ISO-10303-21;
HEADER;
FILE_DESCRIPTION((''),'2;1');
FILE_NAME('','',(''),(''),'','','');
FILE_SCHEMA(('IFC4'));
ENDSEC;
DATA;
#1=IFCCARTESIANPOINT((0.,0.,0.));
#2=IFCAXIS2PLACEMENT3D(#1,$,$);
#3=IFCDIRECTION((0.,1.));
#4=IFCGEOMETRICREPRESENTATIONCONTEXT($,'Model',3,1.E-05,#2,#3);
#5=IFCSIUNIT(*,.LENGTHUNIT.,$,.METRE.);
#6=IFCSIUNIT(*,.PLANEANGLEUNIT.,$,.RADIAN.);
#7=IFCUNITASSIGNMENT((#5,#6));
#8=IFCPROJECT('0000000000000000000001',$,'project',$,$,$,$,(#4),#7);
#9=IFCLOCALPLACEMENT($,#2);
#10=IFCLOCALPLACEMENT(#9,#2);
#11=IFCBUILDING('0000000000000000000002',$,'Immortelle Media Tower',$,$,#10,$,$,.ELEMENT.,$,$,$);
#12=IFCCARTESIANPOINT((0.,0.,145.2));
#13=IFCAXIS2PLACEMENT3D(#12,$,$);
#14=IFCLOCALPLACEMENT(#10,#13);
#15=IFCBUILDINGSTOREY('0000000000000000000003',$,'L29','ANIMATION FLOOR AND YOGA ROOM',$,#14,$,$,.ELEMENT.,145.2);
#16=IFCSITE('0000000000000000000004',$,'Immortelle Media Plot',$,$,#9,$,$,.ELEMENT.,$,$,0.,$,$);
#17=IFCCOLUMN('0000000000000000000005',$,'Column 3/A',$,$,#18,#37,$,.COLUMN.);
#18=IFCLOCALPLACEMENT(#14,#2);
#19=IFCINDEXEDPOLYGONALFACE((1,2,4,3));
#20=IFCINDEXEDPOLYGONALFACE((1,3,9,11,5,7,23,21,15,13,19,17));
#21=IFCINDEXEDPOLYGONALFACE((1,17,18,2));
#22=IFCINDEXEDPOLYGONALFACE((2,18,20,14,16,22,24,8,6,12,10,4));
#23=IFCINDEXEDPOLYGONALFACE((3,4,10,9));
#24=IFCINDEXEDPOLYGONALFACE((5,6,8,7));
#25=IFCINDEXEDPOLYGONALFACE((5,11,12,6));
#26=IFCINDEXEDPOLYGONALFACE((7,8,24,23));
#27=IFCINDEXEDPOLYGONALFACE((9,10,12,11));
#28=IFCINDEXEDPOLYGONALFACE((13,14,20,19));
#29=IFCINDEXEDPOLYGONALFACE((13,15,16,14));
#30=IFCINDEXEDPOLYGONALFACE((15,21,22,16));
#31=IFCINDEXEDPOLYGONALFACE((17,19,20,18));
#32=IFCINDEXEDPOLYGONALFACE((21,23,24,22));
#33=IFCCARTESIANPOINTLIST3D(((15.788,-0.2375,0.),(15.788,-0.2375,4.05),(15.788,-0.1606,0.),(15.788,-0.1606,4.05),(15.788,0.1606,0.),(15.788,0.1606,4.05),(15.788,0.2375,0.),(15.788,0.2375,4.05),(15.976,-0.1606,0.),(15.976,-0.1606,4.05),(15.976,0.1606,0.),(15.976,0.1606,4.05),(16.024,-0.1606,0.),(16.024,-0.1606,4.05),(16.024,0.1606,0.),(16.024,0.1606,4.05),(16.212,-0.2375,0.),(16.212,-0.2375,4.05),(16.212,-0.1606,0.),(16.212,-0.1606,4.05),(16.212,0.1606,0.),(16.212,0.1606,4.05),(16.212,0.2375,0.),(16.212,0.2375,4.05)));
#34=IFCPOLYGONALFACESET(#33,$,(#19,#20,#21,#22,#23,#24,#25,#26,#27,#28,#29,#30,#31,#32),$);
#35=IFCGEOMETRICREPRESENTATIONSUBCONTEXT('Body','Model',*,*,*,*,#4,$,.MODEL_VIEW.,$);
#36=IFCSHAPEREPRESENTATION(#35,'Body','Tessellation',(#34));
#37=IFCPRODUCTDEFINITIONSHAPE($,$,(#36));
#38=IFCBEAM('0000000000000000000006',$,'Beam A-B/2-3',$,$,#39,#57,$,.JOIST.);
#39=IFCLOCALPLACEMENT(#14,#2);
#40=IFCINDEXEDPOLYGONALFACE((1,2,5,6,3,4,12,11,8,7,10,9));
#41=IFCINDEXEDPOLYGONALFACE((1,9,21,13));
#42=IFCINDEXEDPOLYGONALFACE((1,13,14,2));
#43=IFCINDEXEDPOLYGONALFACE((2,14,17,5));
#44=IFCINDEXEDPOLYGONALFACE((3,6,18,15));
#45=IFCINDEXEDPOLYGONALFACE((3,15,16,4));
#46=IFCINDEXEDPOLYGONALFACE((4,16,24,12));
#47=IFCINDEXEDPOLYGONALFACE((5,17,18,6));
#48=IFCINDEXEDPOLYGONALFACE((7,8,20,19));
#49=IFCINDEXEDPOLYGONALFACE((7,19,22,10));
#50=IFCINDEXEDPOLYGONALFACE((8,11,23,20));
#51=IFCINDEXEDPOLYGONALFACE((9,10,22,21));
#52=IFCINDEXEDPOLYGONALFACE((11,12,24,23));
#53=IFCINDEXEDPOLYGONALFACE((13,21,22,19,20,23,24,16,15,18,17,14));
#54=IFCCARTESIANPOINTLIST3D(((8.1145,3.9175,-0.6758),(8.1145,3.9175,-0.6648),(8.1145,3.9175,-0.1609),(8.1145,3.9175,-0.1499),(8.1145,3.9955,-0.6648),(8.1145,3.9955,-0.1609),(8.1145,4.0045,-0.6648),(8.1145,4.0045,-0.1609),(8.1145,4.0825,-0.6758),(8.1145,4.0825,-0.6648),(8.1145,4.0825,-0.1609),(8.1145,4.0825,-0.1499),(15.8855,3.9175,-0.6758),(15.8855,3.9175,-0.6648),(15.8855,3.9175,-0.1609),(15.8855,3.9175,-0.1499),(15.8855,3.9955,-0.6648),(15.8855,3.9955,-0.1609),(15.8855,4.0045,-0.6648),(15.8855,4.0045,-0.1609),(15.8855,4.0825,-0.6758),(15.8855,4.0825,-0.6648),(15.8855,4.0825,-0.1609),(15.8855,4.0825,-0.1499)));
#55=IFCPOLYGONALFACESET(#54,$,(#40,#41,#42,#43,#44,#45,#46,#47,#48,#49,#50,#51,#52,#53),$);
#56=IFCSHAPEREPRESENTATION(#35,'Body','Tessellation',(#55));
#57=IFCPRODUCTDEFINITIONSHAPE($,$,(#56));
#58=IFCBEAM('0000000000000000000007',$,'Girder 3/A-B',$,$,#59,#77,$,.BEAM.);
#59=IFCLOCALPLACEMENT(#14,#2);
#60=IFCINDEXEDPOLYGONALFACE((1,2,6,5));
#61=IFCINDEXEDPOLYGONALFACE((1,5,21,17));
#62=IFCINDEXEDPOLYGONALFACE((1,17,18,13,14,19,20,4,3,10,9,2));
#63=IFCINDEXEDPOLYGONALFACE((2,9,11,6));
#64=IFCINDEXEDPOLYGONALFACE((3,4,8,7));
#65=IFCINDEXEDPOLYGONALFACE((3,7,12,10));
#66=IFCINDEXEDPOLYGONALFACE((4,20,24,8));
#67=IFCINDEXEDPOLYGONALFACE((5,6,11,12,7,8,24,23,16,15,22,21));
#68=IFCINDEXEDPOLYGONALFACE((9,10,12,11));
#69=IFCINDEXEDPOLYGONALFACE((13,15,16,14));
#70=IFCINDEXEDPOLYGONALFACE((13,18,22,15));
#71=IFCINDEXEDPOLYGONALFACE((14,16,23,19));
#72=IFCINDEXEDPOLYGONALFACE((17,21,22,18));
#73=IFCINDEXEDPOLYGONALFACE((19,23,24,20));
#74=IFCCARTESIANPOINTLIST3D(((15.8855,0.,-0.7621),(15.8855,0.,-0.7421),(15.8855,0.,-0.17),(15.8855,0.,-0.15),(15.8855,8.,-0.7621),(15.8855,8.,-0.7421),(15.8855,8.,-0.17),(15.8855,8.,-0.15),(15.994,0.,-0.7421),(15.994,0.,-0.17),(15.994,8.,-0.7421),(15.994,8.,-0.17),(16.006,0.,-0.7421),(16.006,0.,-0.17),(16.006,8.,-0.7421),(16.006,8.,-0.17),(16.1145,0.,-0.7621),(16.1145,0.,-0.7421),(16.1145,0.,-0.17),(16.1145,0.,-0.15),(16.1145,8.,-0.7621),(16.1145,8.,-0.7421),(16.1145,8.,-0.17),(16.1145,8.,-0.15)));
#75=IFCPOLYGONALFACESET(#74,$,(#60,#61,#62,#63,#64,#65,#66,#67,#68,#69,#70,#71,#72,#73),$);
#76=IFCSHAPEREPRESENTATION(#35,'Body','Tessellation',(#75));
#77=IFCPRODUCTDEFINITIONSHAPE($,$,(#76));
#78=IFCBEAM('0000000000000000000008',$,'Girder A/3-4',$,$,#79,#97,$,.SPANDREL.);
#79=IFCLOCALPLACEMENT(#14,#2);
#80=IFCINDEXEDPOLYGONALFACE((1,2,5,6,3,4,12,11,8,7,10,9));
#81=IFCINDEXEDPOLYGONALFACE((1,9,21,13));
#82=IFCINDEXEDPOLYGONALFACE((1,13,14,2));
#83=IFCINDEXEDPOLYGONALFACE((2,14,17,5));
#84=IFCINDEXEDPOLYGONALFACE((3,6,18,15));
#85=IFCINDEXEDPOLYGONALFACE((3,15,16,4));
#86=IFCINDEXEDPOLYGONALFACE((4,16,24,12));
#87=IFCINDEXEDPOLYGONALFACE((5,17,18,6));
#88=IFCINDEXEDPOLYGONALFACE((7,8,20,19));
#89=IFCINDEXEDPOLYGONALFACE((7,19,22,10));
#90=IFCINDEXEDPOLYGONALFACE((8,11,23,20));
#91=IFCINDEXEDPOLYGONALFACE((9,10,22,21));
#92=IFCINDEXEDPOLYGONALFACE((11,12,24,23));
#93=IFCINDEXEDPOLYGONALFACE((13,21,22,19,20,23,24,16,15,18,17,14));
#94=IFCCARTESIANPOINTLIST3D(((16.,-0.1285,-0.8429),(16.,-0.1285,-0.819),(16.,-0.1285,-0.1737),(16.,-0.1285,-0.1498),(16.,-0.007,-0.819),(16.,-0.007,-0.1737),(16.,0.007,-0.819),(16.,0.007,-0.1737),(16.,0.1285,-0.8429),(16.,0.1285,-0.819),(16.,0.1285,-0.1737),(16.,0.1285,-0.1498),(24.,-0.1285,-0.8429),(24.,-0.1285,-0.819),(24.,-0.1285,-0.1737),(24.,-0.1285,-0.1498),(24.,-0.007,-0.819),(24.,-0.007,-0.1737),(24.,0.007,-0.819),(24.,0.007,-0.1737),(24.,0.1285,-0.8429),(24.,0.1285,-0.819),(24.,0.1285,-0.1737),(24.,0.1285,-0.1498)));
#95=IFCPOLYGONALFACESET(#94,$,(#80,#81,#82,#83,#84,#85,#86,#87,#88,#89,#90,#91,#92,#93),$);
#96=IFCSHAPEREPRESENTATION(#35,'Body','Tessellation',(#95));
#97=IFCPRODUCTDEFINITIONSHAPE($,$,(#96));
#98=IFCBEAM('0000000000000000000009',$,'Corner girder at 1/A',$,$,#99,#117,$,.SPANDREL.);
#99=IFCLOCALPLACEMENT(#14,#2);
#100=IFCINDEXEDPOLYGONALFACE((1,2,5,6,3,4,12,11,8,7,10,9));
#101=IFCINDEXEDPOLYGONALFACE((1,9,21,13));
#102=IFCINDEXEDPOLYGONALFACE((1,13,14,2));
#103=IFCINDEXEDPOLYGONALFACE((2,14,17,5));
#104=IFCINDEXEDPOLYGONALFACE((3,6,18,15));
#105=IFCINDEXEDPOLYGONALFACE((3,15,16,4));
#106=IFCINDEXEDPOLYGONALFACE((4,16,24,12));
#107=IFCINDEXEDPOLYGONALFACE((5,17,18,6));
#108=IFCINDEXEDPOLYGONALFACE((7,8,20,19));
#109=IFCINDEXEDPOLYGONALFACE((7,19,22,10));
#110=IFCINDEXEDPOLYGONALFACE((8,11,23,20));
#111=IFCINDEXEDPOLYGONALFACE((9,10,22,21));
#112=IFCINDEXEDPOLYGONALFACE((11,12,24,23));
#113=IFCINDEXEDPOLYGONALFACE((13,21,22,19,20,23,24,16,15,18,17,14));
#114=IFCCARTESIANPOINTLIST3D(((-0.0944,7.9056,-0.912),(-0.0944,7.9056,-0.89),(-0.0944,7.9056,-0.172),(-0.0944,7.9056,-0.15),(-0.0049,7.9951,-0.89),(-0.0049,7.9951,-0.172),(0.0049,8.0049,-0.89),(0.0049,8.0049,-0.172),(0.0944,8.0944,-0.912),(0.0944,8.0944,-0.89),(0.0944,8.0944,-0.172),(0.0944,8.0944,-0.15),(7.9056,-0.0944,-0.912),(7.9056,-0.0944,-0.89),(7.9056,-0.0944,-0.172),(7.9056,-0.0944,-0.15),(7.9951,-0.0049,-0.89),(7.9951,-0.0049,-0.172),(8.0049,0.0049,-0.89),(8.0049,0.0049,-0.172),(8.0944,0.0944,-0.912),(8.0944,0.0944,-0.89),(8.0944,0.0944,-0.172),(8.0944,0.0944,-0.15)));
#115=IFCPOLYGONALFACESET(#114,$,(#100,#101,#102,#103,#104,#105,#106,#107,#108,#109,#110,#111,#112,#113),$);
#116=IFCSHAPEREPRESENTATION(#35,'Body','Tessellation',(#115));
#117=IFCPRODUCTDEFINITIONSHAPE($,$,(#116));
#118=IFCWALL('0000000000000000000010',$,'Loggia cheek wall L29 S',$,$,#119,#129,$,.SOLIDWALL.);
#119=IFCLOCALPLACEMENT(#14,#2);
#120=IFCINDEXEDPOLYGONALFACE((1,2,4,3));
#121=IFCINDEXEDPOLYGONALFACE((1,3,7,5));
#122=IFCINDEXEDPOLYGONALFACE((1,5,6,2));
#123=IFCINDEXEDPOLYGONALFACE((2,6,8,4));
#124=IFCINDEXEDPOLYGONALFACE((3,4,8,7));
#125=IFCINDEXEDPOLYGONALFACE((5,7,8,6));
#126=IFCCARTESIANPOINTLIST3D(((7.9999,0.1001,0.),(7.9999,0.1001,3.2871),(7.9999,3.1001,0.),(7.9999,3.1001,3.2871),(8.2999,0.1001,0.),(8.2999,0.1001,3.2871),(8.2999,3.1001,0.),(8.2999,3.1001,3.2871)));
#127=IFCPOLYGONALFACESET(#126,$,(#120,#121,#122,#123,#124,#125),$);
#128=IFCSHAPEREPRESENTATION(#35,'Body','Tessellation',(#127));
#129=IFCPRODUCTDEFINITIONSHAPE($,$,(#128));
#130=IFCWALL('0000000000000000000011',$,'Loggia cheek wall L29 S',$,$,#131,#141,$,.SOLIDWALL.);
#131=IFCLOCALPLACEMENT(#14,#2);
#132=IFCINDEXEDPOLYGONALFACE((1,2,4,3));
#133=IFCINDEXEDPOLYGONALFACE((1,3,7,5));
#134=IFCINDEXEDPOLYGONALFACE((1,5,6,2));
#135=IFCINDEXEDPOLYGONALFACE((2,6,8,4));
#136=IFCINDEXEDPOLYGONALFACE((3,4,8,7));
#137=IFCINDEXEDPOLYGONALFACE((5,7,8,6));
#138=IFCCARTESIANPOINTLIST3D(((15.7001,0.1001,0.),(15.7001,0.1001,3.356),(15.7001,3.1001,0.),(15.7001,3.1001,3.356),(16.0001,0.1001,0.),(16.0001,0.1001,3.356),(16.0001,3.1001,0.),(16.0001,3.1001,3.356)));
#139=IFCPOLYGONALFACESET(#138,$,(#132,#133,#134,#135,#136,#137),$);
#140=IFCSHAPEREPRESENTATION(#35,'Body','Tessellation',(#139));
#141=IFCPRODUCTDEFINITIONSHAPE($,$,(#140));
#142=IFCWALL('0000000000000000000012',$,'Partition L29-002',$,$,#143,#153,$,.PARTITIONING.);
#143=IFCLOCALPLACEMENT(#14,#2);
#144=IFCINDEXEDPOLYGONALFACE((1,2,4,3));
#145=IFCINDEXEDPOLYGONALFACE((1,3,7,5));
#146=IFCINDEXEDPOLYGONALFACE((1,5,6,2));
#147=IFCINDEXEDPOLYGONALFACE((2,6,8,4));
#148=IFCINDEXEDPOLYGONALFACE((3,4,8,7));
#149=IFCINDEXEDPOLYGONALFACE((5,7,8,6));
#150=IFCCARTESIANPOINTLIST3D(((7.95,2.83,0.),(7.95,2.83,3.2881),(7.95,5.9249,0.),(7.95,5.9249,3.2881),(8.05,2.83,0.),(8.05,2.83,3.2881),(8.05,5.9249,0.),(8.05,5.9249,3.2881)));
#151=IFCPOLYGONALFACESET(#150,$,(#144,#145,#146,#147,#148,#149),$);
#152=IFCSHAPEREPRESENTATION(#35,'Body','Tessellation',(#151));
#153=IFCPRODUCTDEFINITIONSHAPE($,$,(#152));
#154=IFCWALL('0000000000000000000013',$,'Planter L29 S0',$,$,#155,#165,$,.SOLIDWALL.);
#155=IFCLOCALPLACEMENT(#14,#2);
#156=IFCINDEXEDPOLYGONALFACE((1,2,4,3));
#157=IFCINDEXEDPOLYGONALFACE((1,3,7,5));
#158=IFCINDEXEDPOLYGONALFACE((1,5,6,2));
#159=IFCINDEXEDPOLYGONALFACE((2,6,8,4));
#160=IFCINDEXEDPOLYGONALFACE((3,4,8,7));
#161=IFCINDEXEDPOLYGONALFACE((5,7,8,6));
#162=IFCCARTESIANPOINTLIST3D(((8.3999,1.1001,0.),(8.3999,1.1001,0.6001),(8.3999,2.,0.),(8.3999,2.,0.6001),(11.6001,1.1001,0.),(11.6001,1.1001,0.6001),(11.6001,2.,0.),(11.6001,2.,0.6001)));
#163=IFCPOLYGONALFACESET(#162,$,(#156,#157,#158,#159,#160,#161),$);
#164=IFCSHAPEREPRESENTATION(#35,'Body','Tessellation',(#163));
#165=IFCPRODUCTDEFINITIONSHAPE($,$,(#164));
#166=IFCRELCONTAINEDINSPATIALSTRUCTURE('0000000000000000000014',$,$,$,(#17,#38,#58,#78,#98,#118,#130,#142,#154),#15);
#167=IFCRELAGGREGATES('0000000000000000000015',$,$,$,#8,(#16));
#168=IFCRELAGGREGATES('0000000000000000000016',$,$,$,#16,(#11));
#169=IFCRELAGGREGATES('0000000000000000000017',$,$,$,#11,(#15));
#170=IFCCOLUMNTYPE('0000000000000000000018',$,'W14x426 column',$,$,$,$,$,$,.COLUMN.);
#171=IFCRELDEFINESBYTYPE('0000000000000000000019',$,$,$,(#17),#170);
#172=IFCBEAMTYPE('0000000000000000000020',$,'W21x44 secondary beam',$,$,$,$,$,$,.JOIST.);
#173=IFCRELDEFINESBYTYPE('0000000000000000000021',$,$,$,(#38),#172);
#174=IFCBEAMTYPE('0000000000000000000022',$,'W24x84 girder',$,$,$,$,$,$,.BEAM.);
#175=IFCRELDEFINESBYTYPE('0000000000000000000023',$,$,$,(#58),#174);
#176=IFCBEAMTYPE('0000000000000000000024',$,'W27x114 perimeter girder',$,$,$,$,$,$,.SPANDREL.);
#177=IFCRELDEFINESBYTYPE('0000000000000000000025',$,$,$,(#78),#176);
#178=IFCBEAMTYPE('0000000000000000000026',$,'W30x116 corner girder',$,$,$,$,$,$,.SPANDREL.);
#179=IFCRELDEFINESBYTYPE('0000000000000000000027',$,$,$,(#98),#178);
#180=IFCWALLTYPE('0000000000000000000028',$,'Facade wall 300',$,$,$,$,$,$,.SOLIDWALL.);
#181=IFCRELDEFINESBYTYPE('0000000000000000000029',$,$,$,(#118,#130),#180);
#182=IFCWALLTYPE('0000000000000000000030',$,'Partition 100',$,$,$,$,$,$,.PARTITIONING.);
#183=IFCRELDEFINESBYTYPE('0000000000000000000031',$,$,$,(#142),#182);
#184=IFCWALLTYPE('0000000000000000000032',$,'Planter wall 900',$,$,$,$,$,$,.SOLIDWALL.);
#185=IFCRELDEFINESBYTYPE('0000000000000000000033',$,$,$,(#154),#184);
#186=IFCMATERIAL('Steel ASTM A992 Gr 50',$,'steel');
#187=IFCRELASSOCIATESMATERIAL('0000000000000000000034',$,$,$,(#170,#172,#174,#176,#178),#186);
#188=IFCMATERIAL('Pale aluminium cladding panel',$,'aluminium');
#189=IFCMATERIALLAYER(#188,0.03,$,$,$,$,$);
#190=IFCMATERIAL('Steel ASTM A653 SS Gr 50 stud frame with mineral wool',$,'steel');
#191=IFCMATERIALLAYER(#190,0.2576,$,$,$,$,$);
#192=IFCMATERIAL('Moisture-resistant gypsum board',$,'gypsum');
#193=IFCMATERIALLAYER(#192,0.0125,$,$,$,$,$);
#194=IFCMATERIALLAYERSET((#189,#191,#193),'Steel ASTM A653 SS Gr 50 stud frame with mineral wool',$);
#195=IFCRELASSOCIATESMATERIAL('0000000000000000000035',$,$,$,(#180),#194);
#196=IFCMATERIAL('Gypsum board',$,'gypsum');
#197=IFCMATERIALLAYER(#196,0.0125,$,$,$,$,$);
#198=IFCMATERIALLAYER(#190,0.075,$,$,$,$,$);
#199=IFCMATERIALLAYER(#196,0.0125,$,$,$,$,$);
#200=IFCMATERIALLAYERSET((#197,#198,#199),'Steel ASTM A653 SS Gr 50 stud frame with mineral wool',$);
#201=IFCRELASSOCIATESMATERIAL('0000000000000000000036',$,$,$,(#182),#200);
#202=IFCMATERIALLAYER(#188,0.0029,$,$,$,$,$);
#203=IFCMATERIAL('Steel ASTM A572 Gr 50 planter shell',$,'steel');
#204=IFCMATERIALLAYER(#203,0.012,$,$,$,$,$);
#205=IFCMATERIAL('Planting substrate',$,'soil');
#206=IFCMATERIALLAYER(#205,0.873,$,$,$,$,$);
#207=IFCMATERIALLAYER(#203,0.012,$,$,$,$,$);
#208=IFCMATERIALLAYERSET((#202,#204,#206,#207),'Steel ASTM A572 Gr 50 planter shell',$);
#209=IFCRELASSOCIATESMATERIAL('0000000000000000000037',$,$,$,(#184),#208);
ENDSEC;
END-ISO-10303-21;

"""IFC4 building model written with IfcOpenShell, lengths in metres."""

from ifc_helpers import new_model, si_unit, direction, frame, frame_2d, origin, origin_2d, place, context, subcontext, project, spatial, rectangle, i_section, extrude, material, layer, layer_set, material_profile, profile_set, type_object, element, save


model = new_model("IFC4")

# Units and contexts
model_context = context("Model", 3, precision=1e-05, world=origin(), true_north=direction((0.0, 1.0)))
body_context = subcontext(model_context, "Body", "Model", "MODEL_VIEW")
ifc_project = project(units=[si_unit("LENGTHUNIT", "METRE"), si_unit("PLANEANGLEUNIT", "RADIAN")], contexts=[model_context])

# Site, building, storey
site_placement = place(None, origin())
site = spatial("IfcSite", under=ifc_project, at=site_placement, Name="Immortelle Media Plot", CompositionType="ELEMENT", RefElevation=0.0)
building_placement = place(site_placement, origin())
building = spatial("IfcBuilding", under=site, at=building_placement, Name="Immortelle Media Tower", CompositionType="ELEMENT")
storey_placement = place(building_placement, frame((0.0, 0.0, 145.2)))
storey = spatial("IfcBuildingStorey", under=building, at=storey_placement, Name="L29", Description="ANIMATION FLOOR AND YOGA ROOM", CompositionType="ELEMENT", Elevation=145.2)

# Column
ifc_material_1 = material(Name="Steel ASTM A992 Gr 50", Category="steel")
ifc_material_profile_1 = material_profile(ifc_material_1, i_section(OverallWidth=0.4241, OverallDepth=0.4751, WebThickness=0.0481, FlangeThickness=0.0769, at=origin_2d()), Name="W14x426")
ifc_profile_set_1 = profile_set([ifc_material_profile_1], Name="Steel ASTM A992 Gr 50")
column_type = type_object("IfcColumnType", Name="W14x426 column", PredefinedType="COLUMN", material=ifc_profile_set_1)
column_placement = place(storey_placement, frame((16.0, 0.0, 0.0), z_axis=(0.0, 0.0, 1.0), x_axis=(1.0, 0.0, 0.0)))
element("IfcColumn", 1, at=column_placement, inside=storey, type_object=column_type, Name="Column 3/A", PredefinedType="COLUMN", context=body_context, shape_type="SweptSolid", body=[
    extrude(i_section(OverallWidth=0.4241, OverallDepth=0.4751, WebThickness=0.0481, FlangeThickness=0.0769, at=origin_2d()), origin(), (0.0, 0.0, 1.0), 4.05),
])

# Beams
ifc_material_profile_2 = material_profile(ifc_material_1, i_section(OverallWidth=0.165, OverallDepth=0.5259, WebThickness=0.009, FlangeThickness=0.011, at=origin_2d()), Name="W21x44")
ifc_profile_set_2 = profile_set([ifc_material_profile_2], Name="Steel ASTM A992 Gr 50")
beam_type_1 = type_object("IfcBeamType", Name="W21x44 secondary beam", PredefinedType="JOIST", material=ifc_profile_set_2)
beam_1_placement = place(storey_placement, frame((8.1145, 4.0, -0.4128), z_axis=(1.0, 0.0, 0.0), x_axis=(0.0, 1.0, 0.0)))
element("IfcBeam", 2, at=beam_1_placement, inside=storey, type_object=beam_type_1, Name="Beam A-B/2-3", PredefinedType="JOIST", context=body_context, shape_type="SweptSolid", body=[
    extrude(i_section(OverallWidth=0.165, OverallDepth=0.5259, WebThickness=0.009, FlangeThickness=0.011, at=origin_2d()), origin(), (0.0, 0.0, 1.0), 7.771),
])
ifc_material_profile_3 = material_profile(ifc_material_1, i_section(OverallWidth=0.229, OverallDepth=0.6121, WebThickness=0.012, FlangeThickness=0.02, at=origin_2d()), Name="W24x84")
ifc_profile_set_3 = profile_set([ifc_material_profile_3], Name="Steel ASTM A992 Gr 50")
beam_type_2 = type_object("IfcBeamType", Name="W24x84 girder", PredefinedType="BEAM", material=ifc_profile_set_3)
beam_2_placement = place(storey_placement, frame((16.0, 0.0, -0.4561), z_axis=(0.0, 1.0, 0.0), x_axis=(-1.0, 0.0, 0.0)))
element("IfcBeam", 3, at=beam_2_placement, inside=storey, type_object=beam_type_2, Name="Girder 3/A-B", PredefinedType="BEAM", context=body_context, shape_type="SweptSolid", body=[
    extrude(i_section(OverallWidth=0.229, OverallDepth=0.6121, WebThickness=0.012, FlangeThickness=0.02, at=origin_2d()), origin(), (0.0, 0.0, 1.0), 8.0),
])
ifc_material_profile_4 = material_profile(ifc_material_1, i_section(OverallWidth=0.2571, OverallDepth=0.6931, WebThickness=0.0139, FlangeThickness=0.0239, at=origin_2d()), Name="W27x114")
ifc_profile_set_4 = profile_set([ifc_material_profile_4], Name="Steel ASTM A992 Gr 50")
beam_type_3 = type_object("IfcBeamType", Name="W27x114 perimeter girder", PredefinedType="SPANDREL", material=ifc_profile_set_4)
beam_3_placement = place(storey_placement, frame((16.0, 0.0, -0.4963), z_axis=(1.0, 0.0, 0.0), x_axis=(0.0, 1.0, 0.0)))
element("IfcBeam", 4, at=beam_3_placement, inside=storey, type_object=beam_type_3, Name="Girder A/3-4", PredefinedType="SPANDREL", context=body_context, shape_type="SweptSolid", body=[
    extrude(i_section(OverallWidth=0.2571, OverallDepth=0.6931, WebThickness=0.0139, FlangeThickness=0.0239, at=origin_2d()), origin(), (0.0, 0.0, 1.0), 8.0),
])
ifc_material_profile_5 = material_profile(ifc_material_1, i_section(OverallWidth=0.2671, OverallDepth=0.762, WebThickness=0.0139, FlangeThickness=0.022, at=origin_2d()), Name="W30x116")
ifc_profile_set_5 = profile_set([ifc_material_profile_5], Name="Steel ASTM A992 Gr 50")
beam_type_4 = type_object("IfcBeamType", Name="W30x116 corner girder", PredefinedType="SPANDREL", material=ifc_profile_set_5)
beam_4_placement = place(storey_placement, frame((8.0, 0.0, -0.531), z_axis=(-0.707107, 0.707107, 0.0), x_axis=(-0.707107, -0.707107, 0.0)))
element("IfcBeam", 5, at=beam_4_placement, inside=storey, type_object=beam_type_4, Name="Corner girder at 1/A", PredefinedType="SPANDREL", context=body_context, shape_type="SweptSolid", body=[
    extrude(i_section(OverallWidth=0.2671, OverallDepth=0.762, WebThickness=0.0139, FlangeThickness=0.022, at=origin_2d()), origin(), (0.0, 0.0, 1.0), 11.3137),
])

# Shared definitions
ifc_material_2 = material(Name="Pale aluminium cladding panel", Category="aluminium")
ifc_layer_1 = layer(ifc_material_2, 0.03)
ifc_material_3 = material(Name="Steel ASTM A653 SS Gr 50 stud frame with mineral wool", Category="steel")
ifc_layer_2 = layer(ifc_material_3, 0.2576)
ifc_material_4 = material(Name="Moisture-resistant gypsum board", Category="gypsum")
ifc_layer_3 = layer(ifc_material_4, 0.0125)
ifc_layer_set_1 = layer_set([ifc_layer_1, ifc_layer_2, ifc_layer_3], Name="Steel ASTM A653 SS Gr 50 stud frame with mineral wool")
wall_type_1 = type_object("IfcWallType", Name="Facade wall 300", PredefinedType="SOLIDWALL", material=ifc_layer_set_1)

# Walls
wall_1_placement = place(storey_placement, frame((8.1499, 0.1001, 0.0), z_axis=(0.0, 0.0, 1.0), x_axis=(0.0, 1.0, 0.0)))
element("IfcWall", 6, at=wall_1_placement, inside=storey, type_object=wall_type_1, Name="Loggia cheek wall L29 S", PredefinedType="SOLIDWALL", context=body_context, shape_type="SweptSolid", body=[
    extrude(rectangle(XDim=3.0, YDim=0.3, at=frame_2d((1.5, 0.0))), origin(), (0.0, 0.0, 1.0), 3.2871),
])
wall_2_placement = place(storey_placement, frame((15.8501, 0.1001, 0.0), z_axis=(0.0, 0.0, 1.0), x_axis=(0.0, 1.0, 0.0)))
element("IfcWall", 7, at=wall_2_placement, inside=storey, type_object=wall_type_1, Name="Loggia cheek wall L29 S", PredefinedType="SOLIDWALL", context=body_context, shape_type="SweptSolid", body=[
    extrude(rectangle(XDim=3.0, YDim=0.3, at=frame_2d((1.5, 0.0))), origin(), (0.0, 0.0, 1.0), 3.356),
])
ifc_material_5 = material(Name="Gypsum board", Category="gypsum")
ifc_layer_4 = layer(ifc_material_5, 0.0125)
ifc_layer_5 = layer(ifc_material_3, 0.075)
ifc_layer_6 = layer(ifc_material_5, 0.0125)
ifc_layer_set_2 = layer_set([ifc_layer_4, ifc_layer_5, ifc_layer_6], Name="Steel ASTM A653 SS Gr 50 stud frame with mineral wool")
wall_type_2 = type_object("IfcWallType", Name="Partition 100", PredefinedType="PARTITIONING", material=ifc_layer_set_2)
wall_3_placement = place(storey_placement, frame((8.0, 2.8301, 0.0), z_axis=(0.0, 0.0, 1.0), x_axis=(0.0, 1.0, 0.0)))
element("IfcWall", 8, at=wall_3_placement, inside=storey, type_object=wall_type_2, Name="Partition L29-002", PredefinedType="PARTITIONING", context=body_context, shape_type="SweptSolid", body=[
    extrude(rectangle(XDim=3.095, YDim=0.1001, at=frame_2d((1.5474, 0.0))), origin(), (0.0, 0.0, 1.0), 3.2881),
])
ifc_layer_7 = layer(ifc_material_2, 0.0029)
ifc_material_6 = material(Name="Steel ASTM A572 Gr 50 planter shell", Category="steel")
ifc_layer_8 = layer(ifc_material_6, 0.012)
ifc_material_7 = material(Name="Planting substrate", Category="soil")
ifc_layer_9 = layer(ifc_material_7, 0.873)
ifc_layer_10 = layer(ifc_material_6, 0.012)
ifc_layer_set_3 = layer_set([ifc_layer_7, ifc_layer_8, ifc_layer_9, ifc_layer_10], Name="Steel ASTM A572 Gr 50 planter shell")
wall_type_3 = type_object("IfcWallType", Name="Planter wall 900", PredefinedType="SOLIDWALL", material=ifc_layer_set_3)
wall_4_placement = place(storey_placement, frame((8.3999, 1.55, 0.0), z_axis=(0.0, 0.0, 1.0), x_axis=(1.0, 0.0, 0.0)))
element("IfcWall", 9, at=wall_4_placement, inside=storey, type_object=wall_type_3, Name="Planter L29 S0", PredefinedType="SOLIDWALL", context=body_context, shape_type="SweptSolid", body=[
    extrude(rectangle(XDim=3.2002, YDim=0.8999, at=frame_2d((1.6001, 0.0))), origin(), (0.0, 0.0, 1.0), 0.6001),
])

save(model, "model.ifc")
